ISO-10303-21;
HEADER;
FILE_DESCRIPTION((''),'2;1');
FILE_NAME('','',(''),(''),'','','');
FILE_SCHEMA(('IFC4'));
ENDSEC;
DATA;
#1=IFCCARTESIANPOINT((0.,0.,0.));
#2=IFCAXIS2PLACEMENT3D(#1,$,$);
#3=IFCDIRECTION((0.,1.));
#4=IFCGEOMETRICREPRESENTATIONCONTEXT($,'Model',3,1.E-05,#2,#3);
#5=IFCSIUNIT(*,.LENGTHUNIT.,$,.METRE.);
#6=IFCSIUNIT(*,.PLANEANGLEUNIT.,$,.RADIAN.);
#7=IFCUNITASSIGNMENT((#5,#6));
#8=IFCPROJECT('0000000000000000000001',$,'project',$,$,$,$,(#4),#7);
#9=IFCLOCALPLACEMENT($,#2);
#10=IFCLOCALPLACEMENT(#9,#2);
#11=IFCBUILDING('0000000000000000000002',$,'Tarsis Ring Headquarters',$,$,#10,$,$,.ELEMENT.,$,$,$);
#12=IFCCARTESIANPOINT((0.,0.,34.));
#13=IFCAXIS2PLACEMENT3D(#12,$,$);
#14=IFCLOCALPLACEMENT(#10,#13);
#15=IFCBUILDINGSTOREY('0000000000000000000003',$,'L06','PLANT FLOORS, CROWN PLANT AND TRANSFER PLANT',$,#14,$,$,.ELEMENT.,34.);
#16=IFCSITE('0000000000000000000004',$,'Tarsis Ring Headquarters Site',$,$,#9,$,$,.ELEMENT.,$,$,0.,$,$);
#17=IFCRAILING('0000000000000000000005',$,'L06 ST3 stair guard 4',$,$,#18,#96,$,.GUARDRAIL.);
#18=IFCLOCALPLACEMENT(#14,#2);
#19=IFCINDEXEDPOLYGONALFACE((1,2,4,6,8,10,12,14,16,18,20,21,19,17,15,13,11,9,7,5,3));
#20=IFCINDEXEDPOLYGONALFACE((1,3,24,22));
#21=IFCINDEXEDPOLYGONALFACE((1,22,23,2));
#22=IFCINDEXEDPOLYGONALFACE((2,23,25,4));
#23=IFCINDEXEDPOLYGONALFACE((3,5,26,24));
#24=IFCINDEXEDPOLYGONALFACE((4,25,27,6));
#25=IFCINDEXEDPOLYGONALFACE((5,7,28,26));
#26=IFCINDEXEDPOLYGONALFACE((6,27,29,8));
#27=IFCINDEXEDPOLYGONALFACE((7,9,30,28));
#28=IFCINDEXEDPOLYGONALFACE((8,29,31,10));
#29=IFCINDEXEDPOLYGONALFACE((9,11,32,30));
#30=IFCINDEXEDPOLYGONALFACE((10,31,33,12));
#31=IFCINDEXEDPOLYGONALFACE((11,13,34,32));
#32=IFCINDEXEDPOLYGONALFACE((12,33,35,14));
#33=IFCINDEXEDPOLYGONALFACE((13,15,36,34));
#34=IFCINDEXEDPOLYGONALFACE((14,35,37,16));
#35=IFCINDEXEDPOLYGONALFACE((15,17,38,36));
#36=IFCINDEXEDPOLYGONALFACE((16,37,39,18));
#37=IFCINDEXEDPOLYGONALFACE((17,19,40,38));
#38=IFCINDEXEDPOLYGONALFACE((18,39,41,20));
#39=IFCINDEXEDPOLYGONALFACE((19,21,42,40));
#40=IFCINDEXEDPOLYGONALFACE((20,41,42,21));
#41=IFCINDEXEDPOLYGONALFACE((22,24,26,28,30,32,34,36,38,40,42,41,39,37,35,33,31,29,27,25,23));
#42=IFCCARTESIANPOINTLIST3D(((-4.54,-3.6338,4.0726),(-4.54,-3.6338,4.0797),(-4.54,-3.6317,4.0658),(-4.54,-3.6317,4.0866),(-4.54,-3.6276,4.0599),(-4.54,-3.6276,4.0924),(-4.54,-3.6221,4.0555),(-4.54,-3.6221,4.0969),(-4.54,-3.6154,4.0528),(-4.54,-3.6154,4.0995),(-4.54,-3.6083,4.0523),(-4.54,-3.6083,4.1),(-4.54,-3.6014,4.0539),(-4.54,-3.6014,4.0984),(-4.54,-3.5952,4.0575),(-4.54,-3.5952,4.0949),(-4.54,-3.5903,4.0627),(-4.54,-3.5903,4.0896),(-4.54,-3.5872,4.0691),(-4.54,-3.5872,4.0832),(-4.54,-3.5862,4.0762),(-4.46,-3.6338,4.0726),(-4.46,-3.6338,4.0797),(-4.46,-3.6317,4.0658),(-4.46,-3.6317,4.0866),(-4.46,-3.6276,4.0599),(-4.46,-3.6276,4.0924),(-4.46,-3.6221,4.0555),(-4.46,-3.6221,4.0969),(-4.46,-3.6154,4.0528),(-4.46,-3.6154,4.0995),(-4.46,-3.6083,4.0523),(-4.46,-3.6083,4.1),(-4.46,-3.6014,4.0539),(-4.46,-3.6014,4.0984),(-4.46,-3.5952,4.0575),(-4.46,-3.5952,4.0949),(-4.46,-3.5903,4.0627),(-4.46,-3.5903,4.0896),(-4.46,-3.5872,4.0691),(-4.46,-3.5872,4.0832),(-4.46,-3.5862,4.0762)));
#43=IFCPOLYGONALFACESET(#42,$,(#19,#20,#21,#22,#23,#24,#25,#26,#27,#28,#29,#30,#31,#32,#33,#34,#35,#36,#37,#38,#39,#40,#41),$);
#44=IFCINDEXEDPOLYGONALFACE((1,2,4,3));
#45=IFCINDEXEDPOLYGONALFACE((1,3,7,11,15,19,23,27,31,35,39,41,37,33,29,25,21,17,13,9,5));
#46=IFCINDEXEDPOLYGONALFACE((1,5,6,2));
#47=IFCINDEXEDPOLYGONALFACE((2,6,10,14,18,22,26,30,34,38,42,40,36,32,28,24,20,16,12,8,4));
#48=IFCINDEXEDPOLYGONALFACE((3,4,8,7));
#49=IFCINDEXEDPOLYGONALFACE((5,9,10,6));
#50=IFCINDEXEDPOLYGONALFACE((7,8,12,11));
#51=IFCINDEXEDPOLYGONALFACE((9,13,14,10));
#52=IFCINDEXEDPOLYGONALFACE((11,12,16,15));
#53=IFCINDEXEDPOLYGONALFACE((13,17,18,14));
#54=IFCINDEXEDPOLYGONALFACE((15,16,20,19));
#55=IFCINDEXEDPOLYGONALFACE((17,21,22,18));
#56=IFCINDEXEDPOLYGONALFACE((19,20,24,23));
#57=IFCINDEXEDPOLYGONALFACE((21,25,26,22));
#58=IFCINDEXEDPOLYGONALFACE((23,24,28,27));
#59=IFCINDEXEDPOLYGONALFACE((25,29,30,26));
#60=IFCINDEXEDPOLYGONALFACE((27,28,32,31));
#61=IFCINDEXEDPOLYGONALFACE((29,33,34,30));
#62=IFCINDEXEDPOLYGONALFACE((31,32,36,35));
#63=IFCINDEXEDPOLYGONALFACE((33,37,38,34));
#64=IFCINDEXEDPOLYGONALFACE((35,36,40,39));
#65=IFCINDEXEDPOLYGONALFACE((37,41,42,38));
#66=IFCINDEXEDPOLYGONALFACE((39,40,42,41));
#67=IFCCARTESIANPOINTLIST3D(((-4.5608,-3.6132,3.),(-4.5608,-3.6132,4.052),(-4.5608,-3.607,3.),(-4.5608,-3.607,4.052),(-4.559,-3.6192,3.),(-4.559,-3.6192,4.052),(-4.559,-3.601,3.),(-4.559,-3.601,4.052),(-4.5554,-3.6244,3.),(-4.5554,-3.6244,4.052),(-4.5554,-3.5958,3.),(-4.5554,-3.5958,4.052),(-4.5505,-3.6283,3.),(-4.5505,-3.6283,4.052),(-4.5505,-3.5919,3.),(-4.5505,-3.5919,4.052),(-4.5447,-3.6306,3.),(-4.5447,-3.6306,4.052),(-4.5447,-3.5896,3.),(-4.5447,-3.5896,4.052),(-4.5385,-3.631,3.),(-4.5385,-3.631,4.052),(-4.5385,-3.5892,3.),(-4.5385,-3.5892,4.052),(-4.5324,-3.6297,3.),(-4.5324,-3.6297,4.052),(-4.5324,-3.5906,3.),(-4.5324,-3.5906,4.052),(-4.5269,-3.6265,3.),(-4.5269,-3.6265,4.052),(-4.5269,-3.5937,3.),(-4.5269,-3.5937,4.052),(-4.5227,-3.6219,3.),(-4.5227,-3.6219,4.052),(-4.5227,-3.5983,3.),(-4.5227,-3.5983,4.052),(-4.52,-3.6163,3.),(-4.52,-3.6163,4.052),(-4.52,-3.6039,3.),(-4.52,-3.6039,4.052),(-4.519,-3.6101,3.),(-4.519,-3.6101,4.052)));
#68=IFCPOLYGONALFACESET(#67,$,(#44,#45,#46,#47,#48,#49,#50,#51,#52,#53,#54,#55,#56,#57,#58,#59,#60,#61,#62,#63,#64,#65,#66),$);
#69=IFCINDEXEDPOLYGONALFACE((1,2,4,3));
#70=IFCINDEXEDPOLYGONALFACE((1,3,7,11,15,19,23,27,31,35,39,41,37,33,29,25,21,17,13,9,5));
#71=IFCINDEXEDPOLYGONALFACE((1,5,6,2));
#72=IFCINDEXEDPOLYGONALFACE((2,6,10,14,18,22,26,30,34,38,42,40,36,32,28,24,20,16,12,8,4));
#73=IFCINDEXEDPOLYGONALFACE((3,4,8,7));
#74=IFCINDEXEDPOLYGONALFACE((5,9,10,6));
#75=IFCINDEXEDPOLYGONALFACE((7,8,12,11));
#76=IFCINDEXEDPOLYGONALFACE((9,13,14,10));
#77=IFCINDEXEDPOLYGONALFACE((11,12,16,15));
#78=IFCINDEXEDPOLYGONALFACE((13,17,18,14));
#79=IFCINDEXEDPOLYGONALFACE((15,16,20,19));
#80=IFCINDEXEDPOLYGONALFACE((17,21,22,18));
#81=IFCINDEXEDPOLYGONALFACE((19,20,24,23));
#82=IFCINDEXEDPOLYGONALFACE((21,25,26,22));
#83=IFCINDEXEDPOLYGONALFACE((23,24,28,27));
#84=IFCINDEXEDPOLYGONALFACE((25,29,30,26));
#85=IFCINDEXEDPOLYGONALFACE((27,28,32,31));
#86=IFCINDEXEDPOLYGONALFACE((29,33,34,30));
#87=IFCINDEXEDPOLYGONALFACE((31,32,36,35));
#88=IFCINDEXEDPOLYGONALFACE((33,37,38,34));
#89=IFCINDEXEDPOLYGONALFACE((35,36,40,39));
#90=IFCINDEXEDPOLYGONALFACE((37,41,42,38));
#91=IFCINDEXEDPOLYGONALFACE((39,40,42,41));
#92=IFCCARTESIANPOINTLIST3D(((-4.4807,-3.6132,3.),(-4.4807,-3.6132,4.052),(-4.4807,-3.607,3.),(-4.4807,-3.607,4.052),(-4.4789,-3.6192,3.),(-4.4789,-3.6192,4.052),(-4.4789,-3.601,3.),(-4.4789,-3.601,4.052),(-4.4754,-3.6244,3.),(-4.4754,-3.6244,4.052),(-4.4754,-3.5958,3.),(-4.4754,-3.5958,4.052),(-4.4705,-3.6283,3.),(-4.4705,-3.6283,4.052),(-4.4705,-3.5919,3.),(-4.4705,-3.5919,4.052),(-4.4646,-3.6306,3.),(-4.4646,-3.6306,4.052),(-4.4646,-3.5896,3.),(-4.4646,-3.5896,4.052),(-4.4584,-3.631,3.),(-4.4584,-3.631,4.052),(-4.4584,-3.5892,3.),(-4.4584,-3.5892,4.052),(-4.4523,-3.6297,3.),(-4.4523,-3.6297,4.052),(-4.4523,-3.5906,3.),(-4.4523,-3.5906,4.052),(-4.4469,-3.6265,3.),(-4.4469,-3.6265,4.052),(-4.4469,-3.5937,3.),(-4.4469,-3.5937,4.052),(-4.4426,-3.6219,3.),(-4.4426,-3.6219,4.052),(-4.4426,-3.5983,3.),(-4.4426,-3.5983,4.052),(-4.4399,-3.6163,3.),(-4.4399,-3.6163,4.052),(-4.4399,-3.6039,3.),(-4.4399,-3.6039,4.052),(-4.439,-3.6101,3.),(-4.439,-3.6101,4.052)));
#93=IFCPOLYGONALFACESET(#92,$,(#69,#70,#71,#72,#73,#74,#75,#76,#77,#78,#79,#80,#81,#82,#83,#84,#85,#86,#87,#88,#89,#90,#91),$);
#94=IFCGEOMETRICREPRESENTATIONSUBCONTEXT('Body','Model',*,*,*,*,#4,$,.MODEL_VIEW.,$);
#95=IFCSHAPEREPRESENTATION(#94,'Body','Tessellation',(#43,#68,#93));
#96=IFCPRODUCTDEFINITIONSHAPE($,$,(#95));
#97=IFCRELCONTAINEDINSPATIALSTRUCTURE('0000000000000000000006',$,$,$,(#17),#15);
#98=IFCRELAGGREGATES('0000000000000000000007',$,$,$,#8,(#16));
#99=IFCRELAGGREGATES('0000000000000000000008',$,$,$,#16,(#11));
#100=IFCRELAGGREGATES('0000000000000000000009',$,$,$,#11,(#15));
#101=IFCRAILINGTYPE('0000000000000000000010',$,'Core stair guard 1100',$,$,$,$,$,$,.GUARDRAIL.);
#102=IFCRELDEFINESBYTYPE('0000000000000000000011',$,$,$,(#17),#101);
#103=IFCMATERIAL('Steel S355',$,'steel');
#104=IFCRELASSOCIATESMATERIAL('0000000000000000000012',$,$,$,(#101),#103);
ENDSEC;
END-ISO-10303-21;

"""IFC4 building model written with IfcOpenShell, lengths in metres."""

from ifc_helpers import new_model, si_unit, direction, frame, origin, origin_2d, place, context, subcontext, project, spatial, circle, extrude, material, type_object, element, save


model = new_model("IFC4")

# Units and contexts
model_context = context("Model", 3, precision=1e-05, world=origin(), true_north=direction((0.0, 1.0)))
body_context = subcontext(model_context, "Body", "Model", "MODEL_VIEW")
ifc_project = project(units=[si_unit("LENGTHUNIT", "METRE"), si_unit("PLANEANGLEUNIT", "RADIAN")], contexts=[model_context])

# Site, building, storey
site_placement = place(None, origin())
site = spatial("IfcSite", under=ifc_project, at=site_placement, Name="Tarsis Ring Headquarters Site", CompositionType="ELEMENT", RefElevation=0.0)
building_placement = place(site_placement, origin())
building = spatial("IfcBuilding", under=site, at=building_placement, Name="Tarsis Ring Headquarters", CompositionType="ELEMENT")
storey_placement = place(building_placement, frame((0.0, 0.0, 34.0)))
storey = spatial("IfcBuildingStorey", under=building, at=storey_placement, Name="L06", Description="PLANT FLOORS, CROWN PLANT AND TRANSFER PLANT", CompositionType="ELEMENT", Elevation=34.0)

# Shared definitions
ifc_material_1 = material(Name="Steel S355", Category="steel")

# Railing
railing_type_1 = type_object("IfcRailingType", Name="Core stair guard 1100", PredefinedType="GUARDRAIL", material=ifc_material_1)
railing_1_placement = place(storey_placement, frame((-4.54, -3.6101, 3.0)))
element("IfcRailing", 1, at=railing_1_placement, inside=storey, type_object=railing_type_1, Name="L06 ST3 stair guard 4", PredefinedType="GUARDRAIL", context=body_context, shape_type="SweptSolid", body=[
    extrude(circle(Radius=0.0239, at=origin_2d()), frame((0.0, 0.0, 1.0762), z_axis=(1.0, 0.0, 0.0), x_axis=(0.0, 1.0, 0.0)), (0.0, 0.0, 1.0), 0.0801),
    extrude(circle(Radius=0.021, at=origin_2d()), origin(), (0.0, 0.0, 1.0), 1.052),
    extrude(circle(Radius=0.021, at=origin_2d()), frame((0.0801, 0.0, 0.0)), (0.0, 0.0, 1.0), 1.052),
])

save(model, "model.ifc")
